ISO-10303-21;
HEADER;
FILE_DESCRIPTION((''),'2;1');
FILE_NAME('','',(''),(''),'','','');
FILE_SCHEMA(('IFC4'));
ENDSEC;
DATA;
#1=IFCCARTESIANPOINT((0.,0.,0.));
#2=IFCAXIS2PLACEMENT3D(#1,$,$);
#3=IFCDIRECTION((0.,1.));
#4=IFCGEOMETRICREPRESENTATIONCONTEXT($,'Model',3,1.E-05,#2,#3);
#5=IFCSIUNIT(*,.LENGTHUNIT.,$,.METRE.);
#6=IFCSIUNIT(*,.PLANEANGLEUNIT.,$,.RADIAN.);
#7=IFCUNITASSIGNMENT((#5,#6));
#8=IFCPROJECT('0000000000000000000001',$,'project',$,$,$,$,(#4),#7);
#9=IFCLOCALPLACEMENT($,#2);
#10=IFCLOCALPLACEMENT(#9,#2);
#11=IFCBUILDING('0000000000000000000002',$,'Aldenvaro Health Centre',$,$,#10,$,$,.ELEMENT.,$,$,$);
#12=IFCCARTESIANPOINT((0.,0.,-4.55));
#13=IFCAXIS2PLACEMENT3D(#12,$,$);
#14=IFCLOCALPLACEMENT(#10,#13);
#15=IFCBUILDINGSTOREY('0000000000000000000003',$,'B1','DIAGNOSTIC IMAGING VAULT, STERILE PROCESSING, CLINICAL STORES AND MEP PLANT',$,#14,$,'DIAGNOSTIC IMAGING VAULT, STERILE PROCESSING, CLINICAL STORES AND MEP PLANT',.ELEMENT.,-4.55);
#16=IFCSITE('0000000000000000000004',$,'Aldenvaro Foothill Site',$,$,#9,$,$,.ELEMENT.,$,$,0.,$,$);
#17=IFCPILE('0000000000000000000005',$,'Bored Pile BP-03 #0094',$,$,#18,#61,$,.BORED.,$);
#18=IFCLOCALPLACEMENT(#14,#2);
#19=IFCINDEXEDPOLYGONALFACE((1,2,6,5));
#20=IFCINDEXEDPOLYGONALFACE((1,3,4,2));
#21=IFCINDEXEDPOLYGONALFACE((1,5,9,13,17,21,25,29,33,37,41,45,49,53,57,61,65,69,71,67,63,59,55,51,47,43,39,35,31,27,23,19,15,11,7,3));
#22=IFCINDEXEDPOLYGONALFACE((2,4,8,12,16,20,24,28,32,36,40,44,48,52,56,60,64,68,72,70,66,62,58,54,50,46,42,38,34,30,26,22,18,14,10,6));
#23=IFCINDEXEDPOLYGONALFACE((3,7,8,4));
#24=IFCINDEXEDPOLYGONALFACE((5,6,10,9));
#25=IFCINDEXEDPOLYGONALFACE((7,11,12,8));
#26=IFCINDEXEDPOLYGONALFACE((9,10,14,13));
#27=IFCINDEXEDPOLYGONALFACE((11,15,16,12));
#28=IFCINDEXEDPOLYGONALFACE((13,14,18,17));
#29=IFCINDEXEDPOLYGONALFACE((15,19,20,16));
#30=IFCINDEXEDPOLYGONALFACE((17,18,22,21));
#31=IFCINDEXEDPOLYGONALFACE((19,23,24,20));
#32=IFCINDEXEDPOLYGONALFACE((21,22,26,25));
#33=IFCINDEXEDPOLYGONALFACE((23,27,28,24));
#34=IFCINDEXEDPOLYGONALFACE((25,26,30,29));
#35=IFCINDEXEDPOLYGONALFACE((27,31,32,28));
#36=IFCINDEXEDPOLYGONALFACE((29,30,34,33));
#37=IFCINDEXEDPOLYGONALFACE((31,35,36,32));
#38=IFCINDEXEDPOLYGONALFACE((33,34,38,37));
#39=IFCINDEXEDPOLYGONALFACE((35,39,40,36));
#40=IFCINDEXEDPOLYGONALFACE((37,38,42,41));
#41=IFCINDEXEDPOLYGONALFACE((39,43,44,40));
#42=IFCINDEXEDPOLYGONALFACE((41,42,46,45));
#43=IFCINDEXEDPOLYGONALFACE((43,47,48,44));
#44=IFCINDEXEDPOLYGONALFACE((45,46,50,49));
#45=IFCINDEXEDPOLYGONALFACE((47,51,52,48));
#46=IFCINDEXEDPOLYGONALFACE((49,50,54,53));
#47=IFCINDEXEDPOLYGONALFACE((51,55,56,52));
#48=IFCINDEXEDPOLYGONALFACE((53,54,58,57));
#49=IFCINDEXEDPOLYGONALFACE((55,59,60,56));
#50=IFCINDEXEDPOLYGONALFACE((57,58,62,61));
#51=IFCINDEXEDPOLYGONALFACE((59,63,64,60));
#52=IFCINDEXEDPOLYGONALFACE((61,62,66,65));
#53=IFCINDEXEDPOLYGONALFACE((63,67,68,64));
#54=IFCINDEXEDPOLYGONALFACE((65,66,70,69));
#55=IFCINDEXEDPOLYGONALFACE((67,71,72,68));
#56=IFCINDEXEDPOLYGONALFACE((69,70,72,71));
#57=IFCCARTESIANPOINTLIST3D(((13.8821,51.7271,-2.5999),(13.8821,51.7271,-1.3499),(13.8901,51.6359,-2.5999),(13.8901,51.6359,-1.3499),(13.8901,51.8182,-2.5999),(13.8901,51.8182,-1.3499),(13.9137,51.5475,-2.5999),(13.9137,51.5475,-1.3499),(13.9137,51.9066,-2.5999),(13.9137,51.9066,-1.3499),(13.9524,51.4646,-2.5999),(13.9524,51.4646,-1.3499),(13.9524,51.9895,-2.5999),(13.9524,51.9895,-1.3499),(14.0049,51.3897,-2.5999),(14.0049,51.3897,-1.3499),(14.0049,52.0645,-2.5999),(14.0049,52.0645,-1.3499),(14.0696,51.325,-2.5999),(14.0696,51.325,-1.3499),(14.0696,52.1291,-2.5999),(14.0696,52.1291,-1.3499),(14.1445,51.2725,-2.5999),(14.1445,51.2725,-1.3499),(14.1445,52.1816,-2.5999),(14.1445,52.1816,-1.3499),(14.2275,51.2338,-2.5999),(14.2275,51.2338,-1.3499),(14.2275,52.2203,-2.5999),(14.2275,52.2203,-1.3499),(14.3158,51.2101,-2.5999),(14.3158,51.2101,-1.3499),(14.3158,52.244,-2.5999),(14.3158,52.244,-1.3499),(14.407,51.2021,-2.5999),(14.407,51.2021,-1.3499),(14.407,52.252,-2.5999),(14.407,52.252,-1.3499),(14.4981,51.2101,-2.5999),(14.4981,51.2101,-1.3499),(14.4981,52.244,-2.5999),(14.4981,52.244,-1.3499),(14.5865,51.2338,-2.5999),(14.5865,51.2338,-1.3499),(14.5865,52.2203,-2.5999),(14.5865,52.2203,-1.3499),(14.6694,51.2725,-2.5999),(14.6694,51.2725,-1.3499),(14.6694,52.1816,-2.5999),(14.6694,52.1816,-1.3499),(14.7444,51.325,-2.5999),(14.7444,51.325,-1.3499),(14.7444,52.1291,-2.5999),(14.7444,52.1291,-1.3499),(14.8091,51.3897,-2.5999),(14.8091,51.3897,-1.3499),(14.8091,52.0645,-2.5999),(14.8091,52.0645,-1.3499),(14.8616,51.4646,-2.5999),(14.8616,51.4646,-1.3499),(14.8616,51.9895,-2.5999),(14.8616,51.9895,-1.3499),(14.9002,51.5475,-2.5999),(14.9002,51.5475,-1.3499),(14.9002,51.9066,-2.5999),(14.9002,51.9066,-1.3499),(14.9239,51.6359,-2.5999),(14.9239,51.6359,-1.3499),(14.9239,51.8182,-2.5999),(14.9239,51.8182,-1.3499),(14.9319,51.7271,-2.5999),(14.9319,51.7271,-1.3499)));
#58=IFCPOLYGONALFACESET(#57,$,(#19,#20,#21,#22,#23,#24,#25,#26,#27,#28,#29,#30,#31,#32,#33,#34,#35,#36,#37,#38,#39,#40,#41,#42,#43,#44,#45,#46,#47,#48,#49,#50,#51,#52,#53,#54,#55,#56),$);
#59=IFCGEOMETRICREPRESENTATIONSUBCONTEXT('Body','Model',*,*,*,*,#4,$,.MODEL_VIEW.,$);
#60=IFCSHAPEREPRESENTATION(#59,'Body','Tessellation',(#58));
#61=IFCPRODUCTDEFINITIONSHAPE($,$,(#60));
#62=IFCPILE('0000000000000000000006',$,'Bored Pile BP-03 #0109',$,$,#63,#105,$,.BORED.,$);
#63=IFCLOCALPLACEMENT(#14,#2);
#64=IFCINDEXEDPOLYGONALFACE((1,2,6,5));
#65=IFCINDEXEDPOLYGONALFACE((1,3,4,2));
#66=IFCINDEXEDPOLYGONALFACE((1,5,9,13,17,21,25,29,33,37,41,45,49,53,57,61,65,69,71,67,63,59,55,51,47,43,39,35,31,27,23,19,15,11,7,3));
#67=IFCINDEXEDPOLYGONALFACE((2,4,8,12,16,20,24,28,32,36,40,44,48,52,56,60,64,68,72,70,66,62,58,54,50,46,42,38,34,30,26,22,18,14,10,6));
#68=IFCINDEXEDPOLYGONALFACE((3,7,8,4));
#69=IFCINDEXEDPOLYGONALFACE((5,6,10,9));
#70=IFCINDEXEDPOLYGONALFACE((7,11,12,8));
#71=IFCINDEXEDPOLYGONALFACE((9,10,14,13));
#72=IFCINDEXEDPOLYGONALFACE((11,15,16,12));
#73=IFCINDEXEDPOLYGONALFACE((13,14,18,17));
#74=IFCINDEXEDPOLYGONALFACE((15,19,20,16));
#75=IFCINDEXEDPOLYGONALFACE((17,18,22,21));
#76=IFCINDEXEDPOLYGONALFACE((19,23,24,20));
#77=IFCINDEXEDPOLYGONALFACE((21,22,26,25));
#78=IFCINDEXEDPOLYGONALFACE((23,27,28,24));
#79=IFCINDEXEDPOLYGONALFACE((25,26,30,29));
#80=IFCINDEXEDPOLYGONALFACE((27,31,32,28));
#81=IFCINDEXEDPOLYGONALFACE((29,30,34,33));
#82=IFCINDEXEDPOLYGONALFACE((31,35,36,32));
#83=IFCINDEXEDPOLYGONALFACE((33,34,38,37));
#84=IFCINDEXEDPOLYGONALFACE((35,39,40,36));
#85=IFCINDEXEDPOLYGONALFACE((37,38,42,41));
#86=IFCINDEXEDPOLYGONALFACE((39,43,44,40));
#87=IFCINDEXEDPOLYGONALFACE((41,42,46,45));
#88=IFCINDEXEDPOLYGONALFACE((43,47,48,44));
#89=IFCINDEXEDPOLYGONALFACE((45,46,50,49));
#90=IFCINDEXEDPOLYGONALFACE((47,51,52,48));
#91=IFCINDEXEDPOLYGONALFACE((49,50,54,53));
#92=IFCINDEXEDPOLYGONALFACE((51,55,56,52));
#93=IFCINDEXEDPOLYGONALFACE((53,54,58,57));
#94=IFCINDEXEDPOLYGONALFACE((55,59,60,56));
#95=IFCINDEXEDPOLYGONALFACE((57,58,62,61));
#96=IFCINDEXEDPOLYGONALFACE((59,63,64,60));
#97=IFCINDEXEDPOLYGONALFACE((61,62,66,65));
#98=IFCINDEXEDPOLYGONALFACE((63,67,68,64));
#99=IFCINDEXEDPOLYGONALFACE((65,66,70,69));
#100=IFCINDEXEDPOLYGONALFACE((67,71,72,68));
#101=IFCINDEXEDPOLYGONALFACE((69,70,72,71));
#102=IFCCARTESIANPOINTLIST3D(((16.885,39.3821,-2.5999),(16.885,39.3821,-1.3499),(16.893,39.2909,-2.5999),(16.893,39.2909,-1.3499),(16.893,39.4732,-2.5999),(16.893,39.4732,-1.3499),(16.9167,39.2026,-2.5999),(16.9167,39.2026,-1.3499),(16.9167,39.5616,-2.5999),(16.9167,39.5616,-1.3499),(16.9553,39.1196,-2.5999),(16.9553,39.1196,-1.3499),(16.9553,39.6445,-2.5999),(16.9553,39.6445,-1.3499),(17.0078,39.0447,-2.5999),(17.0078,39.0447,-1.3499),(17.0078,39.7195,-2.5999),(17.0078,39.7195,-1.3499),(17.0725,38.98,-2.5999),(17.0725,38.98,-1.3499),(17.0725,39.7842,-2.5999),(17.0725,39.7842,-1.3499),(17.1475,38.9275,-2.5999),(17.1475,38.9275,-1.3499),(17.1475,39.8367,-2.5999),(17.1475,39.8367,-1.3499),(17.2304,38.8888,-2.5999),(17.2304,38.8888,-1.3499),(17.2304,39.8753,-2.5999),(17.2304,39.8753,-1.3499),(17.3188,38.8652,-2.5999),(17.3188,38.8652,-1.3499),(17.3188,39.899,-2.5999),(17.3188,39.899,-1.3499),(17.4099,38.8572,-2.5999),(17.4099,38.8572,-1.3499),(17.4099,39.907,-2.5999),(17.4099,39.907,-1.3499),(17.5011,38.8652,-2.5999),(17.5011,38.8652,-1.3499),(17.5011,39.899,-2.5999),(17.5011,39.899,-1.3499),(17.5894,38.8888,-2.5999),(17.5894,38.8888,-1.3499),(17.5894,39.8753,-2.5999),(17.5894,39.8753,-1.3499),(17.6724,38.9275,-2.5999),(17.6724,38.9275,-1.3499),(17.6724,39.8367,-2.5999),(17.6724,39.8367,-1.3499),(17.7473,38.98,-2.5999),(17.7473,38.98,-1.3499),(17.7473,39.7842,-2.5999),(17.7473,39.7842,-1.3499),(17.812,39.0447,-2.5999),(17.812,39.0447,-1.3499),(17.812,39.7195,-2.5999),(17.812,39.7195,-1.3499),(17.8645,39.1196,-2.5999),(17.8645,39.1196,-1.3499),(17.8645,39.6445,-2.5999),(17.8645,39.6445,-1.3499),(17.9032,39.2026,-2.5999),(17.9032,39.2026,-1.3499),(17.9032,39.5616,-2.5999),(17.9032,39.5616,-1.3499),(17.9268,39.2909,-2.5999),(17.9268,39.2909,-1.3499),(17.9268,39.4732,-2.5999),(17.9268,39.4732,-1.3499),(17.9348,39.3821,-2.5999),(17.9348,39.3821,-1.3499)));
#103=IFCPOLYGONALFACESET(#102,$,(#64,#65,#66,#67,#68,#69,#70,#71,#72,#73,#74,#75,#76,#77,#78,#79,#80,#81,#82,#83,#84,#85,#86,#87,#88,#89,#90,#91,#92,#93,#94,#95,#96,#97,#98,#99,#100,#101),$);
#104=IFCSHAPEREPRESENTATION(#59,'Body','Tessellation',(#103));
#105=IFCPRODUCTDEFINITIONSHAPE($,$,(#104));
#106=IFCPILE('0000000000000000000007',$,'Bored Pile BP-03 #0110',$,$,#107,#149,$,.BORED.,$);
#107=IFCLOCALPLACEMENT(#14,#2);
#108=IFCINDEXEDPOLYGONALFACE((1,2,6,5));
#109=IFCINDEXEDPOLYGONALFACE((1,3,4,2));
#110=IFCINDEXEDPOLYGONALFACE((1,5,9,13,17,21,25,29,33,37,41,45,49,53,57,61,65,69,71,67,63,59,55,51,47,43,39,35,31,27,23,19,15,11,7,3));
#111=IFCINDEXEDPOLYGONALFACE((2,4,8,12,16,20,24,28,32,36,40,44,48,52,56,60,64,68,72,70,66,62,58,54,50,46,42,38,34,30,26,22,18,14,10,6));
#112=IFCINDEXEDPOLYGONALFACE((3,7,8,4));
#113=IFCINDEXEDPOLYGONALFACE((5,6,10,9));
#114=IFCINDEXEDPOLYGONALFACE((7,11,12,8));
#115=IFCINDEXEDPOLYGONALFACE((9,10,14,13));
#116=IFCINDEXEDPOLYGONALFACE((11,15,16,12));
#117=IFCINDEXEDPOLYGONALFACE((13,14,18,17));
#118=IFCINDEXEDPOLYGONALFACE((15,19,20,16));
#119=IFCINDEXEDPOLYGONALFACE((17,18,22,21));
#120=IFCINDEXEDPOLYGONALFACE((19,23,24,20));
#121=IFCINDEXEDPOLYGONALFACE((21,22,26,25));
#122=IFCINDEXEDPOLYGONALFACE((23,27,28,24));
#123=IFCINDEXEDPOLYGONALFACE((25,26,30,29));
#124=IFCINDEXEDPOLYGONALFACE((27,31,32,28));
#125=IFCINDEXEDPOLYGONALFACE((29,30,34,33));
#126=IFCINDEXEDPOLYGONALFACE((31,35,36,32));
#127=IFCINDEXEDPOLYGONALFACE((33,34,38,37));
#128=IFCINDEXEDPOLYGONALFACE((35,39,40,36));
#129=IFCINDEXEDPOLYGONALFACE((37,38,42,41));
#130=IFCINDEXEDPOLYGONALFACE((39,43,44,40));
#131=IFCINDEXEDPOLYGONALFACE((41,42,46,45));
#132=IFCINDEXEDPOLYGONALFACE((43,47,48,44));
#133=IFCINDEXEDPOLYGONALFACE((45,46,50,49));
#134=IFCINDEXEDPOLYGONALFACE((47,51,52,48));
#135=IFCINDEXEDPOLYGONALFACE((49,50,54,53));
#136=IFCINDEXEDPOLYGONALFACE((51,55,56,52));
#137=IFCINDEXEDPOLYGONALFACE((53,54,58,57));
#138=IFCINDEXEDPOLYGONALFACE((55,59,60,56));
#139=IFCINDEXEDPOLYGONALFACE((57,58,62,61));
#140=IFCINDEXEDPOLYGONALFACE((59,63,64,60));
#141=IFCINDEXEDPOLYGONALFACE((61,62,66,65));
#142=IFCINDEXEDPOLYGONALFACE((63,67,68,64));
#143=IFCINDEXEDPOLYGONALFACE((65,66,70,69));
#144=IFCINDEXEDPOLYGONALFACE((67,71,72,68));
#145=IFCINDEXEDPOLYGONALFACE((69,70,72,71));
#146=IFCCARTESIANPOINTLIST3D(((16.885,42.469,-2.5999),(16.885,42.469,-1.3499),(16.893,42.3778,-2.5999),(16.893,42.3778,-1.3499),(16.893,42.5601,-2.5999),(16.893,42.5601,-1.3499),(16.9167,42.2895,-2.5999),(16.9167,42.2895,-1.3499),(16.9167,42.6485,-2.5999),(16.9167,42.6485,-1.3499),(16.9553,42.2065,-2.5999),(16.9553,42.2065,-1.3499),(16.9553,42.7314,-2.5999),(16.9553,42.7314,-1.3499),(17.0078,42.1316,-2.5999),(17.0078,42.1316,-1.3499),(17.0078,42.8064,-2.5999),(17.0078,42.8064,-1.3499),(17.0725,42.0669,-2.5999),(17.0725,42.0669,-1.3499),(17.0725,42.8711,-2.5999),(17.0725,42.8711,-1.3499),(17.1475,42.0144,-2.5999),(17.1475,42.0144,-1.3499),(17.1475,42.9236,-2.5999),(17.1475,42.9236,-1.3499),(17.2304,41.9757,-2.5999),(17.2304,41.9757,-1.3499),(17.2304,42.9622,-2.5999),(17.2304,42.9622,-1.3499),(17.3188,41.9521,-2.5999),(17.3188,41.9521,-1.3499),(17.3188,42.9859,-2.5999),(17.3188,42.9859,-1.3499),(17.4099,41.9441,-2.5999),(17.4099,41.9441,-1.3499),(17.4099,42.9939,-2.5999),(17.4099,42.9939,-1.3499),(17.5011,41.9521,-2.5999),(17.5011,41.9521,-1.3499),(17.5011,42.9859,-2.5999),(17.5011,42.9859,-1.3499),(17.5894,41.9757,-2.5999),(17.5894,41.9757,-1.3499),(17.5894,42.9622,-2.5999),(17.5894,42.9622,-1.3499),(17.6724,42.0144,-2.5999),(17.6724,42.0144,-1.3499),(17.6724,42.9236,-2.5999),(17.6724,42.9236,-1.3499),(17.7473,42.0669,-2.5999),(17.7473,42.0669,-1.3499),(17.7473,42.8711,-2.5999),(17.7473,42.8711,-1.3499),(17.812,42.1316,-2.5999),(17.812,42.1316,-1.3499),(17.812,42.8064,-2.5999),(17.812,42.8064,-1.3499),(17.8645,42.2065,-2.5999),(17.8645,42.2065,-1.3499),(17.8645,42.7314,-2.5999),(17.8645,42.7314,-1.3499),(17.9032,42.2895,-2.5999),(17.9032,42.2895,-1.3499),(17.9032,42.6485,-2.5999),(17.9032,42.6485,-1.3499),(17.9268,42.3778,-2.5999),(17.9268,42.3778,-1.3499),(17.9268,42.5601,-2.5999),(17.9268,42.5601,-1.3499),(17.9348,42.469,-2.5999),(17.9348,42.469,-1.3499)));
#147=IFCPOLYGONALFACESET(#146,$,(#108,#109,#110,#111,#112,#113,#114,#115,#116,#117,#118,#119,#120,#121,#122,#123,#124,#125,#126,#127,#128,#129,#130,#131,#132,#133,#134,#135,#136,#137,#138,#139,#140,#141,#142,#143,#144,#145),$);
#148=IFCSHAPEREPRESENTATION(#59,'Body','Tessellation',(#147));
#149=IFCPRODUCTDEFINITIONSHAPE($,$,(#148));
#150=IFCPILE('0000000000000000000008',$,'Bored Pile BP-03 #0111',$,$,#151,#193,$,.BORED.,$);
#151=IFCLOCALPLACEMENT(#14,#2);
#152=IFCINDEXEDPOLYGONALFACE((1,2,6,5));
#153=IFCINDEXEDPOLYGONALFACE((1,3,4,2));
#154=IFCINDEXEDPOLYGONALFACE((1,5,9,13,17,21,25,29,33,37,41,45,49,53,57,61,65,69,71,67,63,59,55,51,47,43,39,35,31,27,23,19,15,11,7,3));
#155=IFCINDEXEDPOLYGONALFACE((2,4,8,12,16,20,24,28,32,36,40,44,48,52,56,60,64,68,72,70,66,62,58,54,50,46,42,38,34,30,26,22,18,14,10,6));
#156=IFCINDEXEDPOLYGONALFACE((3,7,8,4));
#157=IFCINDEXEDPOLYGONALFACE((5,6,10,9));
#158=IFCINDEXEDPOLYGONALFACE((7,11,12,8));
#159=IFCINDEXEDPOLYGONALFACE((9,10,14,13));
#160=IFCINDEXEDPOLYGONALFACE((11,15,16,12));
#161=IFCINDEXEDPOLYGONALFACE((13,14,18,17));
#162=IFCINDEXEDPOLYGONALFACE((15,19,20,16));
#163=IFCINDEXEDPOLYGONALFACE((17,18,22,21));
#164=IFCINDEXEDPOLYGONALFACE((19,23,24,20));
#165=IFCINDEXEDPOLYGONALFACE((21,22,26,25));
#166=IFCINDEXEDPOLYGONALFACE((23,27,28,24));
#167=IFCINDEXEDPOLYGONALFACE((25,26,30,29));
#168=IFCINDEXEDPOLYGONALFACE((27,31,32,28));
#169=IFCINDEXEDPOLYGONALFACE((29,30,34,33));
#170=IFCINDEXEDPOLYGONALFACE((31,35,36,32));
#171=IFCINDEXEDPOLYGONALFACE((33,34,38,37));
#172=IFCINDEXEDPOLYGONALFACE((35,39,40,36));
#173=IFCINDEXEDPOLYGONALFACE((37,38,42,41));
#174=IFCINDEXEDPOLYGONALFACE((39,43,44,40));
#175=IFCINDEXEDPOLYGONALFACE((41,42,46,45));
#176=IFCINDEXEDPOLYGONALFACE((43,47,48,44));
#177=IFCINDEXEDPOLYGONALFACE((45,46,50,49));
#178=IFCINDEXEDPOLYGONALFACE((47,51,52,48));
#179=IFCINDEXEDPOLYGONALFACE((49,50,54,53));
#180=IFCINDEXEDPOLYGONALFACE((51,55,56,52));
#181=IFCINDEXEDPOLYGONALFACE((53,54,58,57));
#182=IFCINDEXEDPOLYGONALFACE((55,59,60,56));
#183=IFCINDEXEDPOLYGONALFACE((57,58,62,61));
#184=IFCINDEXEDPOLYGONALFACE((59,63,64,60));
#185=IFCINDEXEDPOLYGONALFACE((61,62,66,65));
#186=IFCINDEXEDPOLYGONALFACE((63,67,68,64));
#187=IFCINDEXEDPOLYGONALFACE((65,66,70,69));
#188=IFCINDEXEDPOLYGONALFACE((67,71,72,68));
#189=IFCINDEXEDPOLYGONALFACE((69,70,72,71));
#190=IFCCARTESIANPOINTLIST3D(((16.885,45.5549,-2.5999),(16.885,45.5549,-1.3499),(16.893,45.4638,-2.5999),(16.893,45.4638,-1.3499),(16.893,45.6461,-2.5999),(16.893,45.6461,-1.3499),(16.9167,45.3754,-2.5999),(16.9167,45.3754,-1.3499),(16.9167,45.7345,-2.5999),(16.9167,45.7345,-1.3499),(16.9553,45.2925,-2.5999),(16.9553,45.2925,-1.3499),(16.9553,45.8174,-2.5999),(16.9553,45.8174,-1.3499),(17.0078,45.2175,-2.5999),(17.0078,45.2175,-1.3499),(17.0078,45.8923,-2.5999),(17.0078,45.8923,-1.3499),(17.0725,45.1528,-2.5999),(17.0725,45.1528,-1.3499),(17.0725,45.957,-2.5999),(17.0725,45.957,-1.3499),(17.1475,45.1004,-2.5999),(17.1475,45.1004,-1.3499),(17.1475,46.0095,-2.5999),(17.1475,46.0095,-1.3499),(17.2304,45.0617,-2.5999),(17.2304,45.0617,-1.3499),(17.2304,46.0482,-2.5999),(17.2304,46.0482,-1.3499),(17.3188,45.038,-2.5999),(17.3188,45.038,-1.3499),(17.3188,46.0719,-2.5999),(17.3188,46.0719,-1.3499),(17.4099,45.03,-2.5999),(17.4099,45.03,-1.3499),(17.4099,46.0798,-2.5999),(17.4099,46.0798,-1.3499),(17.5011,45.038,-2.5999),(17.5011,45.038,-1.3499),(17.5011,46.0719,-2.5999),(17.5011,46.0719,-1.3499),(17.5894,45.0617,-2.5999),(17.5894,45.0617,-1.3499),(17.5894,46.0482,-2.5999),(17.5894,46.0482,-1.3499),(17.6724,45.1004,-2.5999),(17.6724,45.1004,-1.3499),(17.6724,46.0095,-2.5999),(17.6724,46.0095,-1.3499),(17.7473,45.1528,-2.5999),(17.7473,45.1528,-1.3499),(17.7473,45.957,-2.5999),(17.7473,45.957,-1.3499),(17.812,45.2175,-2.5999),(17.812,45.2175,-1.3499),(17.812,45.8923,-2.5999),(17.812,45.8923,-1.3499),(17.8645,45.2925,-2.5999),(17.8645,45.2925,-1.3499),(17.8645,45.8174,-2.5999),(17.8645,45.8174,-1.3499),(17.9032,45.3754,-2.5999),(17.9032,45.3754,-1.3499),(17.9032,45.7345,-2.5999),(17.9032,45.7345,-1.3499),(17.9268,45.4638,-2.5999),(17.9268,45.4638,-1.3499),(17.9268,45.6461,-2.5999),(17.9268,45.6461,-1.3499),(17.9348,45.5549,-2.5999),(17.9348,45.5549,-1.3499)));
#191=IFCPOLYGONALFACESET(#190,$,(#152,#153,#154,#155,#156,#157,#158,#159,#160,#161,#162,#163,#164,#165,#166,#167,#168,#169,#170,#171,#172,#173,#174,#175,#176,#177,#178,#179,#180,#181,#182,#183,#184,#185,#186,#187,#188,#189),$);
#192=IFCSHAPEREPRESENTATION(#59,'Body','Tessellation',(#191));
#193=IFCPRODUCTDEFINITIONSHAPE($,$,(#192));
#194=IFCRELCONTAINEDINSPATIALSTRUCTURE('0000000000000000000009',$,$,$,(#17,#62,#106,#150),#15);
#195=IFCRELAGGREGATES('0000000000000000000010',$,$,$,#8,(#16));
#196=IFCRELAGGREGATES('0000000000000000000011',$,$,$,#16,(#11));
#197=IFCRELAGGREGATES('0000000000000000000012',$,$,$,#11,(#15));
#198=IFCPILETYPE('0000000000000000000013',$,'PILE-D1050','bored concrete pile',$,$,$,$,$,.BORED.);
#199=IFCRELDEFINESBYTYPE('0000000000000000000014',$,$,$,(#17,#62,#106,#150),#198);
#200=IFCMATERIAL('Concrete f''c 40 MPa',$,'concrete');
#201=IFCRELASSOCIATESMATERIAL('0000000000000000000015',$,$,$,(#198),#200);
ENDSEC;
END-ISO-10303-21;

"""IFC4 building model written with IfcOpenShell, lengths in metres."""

from ifc_helpers import new_model, si_unit, direction, frame, origin, origin_2d, place, context, subcontext, project, spatial, circle, extrude, material, material_profile, profile_set, type_object, element, save


model = new_model("IFC4")

# Units and contexts
model_context = context("Model", 3, precision=1e-05, world=origin(), true_north=direction((0.0, 1.0)))
body_context = subcontext(model_context, "Body", "Model", "MODEL_VIEW")
ifc_project = project(units=[si_unit("LENGTHUNIT", "METRE"), si_unit("PLANEANGLEUNIT", "RADIAN")], contexts=[model_context])

# Site, building, storey
site_placement = place(None, origin())
site = spatial("IfcSite", under=ifc_project, at=site_placement, Name="Aldenvaro Foothill Site", CompositionType="ELEMENT", RefElevation=0.0)
building_placement = place(site_placement, origin())
building = spatial("IfcBuilding", under=site, at=building_placement, Name="Aldenvaro Health Centre", CompositionType="ELEMENT")
storey_placement = place(building_placement, frame((0.0, 0.0, -4.55)))
storey = spatial("IfcBuildingStorey", under=building, at=storey_placement, Name="B1", Description="DIAGNOSTIC IMAGING VAULT, STERILE PROCESSING, CLINICAL STORES AND MEP PLANT", LongName="DIAGNOSTIC IMAGING VAULT, STERILE PROCESSING, CLINICAL STORES AND MEP PLANT", CompositionType="ELEMENT", Elevation=-4.55)

# Piles
ifc_material_1 = material(Name="Concrete f'c 40 MPa", Category="concrete")
ifc_material_profile_1 = material_profile(ifc_material_1, circle(Radius=0.5249, at=origin_2d()), Name="PILE D1050", Category="concrete")
ifc_profile_set_1 = profile_set([ifc_material_profile_1], Name="Concrete f'c 40 MPa")
pile_type = type_object("IfcPileType", Name="PILE-D1050", Description="bored concrete pile", PredefinedType="BORED", material=ifc_profile_set_1)
for number, where, z_axis, x_axis, name in (
    (1, (14.407, 51.7271, -1.3499), (0.0, 0.0, -1.0), (1.0, 0.0, 0.0), "Bored Pile BP-03 #0094"),
    (2, (17.4099, 39.3821, -1.3499), (0.0, 0.0, -1.0), (1.0, 0.0, 0.0), "Bored Pile BP-03 #0109"),
    (3, (17.4099, 42.469, -1.3499), (0.0, 0.0, -1.0), (1.0, 0.0, 0.0), "Bored Pile BP-03 #0110"),
    (4, (17.4099, 45.5549, -1.3499), (0.0, 0.0, -1.0), (1.0, 0.0, 0.0), "Bored Pile BP-03 #0111"),
):
    element("IfcPile", number, at=place(storey_placement, frame(where, z_axis=z_axis, x_axis=x_axis)), inside=storey, type_object=pile_type, Name=name, PredefinedType="BORED", context=body_context, shape_type="SweptSolid", body=[
        extrude(circle(Radius=0.5249, at=origin_2d()), origin(), (0.0, 0.0, 1.0), 1.25),
    ])

save(model, "model.ifc")
